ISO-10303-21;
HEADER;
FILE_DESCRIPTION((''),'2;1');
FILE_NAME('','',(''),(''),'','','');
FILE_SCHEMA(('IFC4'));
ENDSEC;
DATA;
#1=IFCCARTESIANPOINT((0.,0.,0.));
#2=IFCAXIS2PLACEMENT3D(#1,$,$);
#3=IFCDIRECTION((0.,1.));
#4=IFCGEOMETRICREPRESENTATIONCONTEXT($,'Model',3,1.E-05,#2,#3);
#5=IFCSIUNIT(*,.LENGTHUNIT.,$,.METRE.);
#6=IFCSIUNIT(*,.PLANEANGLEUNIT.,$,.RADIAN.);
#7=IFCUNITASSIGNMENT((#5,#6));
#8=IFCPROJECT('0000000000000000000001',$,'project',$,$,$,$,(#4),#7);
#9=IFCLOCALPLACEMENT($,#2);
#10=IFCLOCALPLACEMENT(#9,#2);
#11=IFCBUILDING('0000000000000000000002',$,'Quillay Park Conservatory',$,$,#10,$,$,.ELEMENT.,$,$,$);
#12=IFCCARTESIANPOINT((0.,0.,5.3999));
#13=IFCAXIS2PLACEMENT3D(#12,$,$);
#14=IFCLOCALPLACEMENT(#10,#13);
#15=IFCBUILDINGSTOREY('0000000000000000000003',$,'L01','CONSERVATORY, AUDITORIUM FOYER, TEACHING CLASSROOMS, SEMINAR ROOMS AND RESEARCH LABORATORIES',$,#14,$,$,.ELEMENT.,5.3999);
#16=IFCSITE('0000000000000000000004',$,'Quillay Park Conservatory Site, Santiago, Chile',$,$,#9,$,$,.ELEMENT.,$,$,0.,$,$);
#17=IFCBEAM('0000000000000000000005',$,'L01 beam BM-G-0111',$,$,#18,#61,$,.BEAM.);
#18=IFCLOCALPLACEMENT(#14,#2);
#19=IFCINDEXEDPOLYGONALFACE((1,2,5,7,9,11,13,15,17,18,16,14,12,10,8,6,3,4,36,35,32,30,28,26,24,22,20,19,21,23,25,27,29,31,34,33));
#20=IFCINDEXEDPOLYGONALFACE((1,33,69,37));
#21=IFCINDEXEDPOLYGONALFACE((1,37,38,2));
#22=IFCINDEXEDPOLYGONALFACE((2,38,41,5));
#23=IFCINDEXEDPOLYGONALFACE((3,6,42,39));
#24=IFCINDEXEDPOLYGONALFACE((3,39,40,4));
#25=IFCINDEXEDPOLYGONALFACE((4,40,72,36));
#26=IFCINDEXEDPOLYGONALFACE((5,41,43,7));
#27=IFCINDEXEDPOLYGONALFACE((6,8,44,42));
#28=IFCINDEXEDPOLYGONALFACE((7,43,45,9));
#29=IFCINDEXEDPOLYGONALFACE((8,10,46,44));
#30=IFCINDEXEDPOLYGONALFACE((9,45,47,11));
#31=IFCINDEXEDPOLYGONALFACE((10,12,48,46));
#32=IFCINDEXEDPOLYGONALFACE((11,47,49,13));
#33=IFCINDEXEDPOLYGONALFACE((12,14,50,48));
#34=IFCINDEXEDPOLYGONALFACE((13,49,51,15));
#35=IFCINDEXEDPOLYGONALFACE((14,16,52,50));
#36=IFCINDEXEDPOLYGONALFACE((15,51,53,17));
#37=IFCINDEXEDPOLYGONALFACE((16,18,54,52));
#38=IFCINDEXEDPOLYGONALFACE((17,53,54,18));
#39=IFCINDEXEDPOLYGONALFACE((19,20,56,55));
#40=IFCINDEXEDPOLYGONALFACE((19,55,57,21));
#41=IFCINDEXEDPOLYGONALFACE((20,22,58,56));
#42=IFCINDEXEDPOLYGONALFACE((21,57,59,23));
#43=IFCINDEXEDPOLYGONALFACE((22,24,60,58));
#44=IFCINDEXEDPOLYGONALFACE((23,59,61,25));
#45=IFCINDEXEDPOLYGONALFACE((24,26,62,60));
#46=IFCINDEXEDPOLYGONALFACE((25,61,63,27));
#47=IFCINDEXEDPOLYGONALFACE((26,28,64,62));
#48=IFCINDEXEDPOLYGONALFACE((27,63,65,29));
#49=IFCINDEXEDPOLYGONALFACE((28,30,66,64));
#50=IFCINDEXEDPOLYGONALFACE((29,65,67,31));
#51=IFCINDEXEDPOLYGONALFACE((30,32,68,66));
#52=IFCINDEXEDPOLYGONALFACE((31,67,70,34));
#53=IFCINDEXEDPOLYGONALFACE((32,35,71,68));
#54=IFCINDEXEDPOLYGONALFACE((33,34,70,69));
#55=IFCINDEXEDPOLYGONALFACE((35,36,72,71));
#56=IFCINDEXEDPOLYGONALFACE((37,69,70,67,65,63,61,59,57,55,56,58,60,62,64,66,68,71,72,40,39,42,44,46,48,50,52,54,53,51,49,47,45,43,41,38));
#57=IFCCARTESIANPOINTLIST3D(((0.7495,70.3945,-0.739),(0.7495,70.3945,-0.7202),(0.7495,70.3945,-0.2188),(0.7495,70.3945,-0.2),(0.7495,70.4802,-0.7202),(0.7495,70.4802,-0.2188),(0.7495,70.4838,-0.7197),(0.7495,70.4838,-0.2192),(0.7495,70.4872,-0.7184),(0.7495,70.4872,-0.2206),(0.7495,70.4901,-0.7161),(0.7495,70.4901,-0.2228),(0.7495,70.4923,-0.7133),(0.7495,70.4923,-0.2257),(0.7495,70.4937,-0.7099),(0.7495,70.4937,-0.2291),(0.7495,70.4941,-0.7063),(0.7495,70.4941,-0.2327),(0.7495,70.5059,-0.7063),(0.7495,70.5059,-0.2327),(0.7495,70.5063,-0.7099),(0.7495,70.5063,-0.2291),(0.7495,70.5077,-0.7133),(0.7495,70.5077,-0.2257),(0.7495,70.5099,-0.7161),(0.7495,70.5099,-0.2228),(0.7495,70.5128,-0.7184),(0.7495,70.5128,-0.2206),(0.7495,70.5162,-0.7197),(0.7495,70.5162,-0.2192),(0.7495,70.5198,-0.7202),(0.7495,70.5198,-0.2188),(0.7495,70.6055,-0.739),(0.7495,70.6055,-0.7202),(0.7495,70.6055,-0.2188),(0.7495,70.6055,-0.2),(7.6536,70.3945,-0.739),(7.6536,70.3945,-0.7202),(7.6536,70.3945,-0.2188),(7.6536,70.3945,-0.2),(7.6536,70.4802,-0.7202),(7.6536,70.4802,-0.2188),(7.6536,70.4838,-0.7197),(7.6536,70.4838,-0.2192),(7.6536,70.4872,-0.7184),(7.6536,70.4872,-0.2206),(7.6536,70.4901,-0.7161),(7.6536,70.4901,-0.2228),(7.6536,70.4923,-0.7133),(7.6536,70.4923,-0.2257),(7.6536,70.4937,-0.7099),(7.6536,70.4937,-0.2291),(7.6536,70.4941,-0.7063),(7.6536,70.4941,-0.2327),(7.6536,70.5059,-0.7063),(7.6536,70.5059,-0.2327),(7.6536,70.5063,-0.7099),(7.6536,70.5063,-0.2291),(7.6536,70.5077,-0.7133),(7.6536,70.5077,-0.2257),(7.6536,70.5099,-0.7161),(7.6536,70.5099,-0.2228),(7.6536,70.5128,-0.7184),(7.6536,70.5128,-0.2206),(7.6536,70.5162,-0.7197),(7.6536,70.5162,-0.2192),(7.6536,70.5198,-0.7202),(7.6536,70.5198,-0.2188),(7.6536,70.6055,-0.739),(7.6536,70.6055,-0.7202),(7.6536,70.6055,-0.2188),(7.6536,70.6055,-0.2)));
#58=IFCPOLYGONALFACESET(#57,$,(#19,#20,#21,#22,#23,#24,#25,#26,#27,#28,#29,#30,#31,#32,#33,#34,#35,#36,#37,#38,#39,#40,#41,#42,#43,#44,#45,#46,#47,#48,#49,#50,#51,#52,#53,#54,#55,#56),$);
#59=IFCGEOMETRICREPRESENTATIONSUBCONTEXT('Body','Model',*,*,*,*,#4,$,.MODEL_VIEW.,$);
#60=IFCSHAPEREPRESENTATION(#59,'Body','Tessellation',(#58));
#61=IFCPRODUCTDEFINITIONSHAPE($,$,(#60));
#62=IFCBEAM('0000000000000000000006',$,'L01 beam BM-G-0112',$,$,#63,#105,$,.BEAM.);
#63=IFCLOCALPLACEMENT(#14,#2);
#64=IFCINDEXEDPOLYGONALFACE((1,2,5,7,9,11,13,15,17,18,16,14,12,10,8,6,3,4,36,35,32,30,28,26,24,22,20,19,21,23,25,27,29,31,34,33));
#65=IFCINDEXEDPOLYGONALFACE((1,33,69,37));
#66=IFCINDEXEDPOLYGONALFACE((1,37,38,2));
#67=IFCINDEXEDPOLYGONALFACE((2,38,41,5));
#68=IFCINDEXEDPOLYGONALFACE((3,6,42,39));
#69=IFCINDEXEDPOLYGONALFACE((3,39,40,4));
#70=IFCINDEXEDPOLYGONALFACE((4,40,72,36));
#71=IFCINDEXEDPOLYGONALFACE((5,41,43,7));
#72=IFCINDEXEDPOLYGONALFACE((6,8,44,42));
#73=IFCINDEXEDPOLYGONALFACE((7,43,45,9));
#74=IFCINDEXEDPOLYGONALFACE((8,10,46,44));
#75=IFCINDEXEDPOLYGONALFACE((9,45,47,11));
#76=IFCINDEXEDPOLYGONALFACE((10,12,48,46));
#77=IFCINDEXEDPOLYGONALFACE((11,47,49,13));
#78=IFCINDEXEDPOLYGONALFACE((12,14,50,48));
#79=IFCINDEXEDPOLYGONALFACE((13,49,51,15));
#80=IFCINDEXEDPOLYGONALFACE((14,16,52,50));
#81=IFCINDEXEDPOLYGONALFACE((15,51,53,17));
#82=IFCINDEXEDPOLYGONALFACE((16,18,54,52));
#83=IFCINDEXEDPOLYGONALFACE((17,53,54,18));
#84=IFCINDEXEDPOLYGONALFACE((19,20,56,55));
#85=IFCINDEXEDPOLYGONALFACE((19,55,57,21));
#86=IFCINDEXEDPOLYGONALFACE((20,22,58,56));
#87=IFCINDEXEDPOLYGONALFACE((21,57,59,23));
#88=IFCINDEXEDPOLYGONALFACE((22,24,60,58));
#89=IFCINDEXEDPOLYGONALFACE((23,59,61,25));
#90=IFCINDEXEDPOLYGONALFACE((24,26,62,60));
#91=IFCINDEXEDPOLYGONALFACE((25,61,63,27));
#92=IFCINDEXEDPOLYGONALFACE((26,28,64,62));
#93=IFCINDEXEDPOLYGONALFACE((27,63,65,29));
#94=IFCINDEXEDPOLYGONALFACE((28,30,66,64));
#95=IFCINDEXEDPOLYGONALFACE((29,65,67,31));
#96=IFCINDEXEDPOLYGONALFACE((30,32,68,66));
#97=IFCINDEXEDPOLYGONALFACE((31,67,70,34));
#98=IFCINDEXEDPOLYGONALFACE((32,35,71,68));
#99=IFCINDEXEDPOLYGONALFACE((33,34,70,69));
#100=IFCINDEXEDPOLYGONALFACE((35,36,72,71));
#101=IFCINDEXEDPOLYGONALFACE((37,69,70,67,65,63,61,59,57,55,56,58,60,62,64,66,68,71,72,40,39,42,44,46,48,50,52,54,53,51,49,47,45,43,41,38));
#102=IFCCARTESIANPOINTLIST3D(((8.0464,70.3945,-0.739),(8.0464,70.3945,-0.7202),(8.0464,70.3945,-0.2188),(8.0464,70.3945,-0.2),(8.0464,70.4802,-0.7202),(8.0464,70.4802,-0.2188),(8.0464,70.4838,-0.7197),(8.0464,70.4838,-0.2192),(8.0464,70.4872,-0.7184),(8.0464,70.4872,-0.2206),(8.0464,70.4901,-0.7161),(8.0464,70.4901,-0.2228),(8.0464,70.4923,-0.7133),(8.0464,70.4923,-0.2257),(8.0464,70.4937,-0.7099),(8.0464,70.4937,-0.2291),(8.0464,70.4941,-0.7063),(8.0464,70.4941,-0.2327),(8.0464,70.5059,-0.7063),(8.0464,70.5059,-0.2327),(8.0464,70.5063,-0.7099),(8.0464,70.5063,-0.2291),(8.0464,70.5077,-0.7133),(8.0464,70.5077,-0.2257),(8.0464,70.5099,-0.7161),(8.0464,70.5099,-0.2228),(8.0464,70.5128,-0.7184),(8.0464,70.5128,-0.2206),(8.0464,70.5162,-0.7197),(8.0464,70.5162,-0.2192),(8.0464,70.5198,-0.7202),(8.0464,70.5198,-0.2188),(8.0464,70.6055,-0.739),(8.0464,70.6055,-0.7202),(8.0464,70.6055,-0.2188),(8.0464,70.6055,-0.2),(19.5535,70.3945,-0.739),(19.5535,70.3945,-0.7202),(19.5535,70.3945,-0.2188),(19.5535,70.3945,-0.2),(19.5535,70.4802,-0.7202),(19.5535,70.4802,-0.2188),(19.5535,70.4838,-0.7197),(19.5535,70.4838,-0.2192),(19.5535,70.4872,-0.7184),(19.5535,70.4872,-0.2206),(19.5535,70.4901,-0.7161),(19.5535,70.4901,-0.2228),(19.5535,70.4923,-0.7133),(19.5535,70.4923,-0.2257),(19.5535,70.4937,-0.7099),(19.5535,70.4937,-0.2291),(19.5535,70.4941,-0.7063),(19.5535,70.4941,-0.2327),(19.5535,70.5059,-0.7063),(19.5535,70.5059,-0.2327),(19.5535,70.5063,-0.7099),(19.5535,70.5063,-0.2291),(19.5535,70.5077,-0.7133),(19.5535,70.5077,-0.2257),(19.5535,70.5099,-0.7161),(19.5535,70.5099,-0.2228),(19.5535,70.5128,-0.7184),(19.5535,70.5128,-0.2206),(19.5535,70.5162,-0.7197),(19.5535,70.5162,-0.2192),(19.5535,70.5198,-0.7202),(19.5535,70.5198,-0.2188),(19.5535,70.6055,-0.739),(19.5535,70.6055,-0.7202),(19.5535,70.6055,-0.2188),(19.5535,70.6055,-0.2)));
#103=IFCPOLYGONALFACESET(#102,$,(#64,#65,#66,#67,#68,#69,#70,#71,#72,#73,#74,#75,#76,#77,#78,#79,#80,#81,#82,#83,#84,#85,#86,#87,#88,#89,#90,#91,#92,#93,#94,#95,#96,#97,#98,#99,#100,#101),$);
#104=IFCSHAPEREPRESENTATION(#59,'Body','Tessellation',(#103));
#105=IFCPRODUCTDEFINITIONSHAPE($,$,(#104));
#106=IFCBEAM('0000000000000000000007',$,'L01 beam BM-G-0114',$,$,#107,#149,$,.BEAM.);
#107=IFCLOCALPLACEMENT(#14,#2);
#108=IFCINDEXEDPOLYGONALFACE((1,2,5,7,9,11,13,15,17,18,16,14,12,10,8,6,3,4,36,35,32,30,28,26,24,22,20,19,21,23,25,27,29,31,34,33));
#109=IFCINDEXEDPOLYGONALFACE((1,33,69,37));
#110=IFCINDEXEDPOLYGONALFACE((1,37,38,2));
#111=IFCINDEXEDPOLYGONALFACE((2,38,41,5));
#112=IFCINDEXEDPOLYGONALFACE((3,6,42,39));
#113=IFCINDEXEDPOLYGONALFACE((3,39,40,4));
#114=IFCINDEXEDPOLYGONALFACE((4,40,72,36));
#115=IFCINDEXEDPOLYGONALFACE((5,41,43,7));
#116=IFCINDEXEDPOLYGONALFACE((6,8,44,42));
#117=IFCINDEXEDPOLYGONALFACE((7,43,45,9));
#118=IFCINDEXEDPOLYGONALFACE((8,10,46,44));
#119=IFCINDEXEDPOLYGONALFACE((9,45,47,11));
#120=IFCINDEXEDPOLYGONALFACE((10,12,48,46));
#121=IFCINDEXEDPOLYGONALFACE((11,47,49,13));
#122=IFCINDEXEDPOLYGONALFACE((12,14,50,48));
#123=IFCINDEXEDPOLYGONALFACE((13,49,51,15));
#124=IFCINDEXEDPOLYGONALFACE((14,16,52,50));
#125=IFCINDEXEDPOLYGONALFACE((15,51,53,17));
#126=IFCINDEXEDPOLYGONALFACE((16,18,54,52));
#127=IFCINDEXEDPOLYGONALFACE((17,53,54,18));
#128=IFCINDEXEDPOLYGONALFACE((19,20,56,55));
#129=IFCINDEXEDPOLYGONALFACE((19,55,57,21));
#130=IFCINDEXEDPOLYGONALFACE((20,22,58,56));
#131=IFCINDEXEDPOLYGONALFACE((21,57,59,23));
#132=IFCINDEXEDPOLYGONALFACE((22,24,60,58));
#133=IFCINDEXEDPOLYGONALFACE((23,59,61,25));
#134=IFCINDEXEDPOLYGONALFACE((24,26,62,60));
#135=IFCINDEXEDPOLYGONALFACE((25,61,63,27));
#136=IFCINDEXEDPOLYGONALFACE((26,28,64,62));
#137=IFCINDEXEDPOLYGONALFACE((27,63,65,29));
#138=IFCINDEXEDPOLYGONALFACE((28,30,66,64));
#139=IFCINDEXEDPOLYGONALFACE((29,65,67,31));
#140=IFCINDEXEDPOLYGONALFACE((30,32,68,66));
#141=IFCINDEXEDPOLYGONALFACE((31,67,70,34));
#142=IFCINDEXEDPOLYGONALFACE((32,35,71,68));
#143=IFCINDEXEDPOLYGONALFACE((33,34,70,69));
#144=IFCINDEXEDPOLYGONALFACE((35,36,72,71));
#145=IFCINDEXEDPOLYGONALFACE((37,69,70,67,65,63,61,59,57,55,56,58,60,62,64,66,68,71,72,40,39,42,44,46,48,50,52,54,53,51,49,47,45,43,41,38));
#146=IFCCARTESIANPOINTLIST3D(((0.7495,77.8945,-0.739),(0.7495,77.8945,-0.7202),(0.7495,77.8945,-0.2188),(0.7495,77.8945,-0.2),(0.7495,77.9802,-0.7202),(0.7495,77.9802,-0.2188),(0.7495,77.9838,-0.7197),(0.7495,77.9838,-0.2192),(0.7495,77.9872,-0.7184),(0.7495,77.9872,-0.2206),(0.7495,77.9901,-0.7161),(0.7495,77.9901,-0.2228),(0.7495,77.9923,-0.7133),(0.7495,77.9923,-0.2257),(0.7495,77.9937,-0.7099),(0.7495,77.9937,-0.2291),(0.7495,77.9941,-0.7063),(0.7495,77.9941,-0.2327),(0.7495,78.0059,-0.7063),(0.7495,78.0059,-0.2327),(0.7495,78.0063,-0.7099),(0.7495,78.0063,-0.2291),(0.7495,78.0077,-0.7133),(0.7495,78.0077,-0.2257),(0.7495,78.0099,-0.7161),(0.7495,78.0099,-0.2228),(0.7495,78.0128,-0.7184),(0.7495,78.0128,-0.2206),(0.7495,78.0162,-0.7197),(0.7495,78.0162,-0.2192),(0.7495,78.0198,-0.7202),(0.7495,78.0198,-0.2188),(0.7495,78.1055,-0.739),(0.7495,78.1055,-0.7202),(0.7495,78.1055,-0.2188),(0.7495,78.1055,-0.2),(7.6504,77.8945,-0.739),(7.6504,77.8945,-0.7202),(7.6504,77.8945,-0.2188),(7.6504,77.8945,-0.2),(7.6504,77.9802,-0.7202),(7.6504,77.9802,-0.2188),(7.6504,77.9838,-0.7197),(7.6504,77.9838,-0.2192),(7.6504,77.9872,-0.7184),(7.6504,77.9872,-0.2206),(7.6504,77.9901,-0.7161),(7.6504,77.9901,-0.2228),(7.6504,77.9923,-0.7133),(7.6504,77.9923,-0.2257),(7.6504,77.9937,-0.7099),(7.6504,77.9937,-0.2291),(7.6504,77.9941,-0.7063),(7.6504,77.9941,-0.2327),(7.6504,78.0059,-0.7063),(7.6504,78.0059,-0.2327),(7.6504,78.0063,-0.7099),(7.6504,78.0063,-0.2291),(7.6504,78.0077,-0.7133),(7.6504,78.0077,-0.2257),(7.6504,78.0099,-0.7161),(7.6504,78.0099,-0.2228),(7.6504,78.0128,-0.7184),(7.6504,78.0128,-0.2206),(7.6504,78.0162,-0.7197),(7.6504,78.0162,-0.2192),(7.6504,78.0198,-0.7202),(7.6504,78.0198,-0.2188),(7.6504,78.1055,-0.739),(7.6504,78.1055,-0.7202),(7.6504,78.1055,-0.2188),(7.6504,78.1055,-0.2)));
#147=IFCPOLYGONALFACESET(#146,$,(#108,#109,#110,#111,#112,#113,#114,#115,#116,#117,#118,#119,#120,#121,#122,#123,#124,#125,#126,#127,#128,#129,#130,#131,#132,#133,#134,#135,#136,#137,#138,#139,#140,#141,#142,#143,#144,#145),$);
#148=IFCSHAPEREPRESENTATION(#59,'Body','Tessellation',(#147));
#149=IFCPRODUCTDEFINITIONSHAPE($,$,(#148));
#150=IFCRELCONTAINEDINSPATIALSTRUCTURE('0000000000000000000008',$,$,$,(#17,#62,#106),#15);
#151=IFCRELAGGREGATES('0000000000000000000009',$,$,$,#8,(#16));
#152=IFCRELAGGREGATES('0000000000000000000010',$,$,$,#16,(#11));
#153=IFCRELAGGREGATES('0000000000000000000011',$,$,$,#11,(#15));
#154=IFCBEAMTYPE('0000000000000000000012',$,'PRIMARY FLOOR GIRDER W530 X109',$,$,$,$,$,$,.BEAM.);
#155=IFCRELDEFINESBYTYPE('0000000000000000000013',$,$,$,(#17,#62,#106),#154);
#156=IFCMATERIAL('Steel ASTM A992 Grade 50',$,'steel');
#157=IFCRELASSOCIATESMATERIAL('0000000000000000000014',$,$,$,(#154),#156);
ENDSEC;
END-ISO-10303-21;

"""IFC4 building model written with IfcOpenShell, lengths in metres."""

from ifc_helpers import new_model, si_unit, direction, frame, origin, origin_2d, place, context, subcontext, project, spatial, i_section, extrude, material, material_profile, profile_set, type_object, element, save


model = new_model("IFC4")

# Units and contexts
model_context = context("Model", 3, precision=1e-05, world=origin(), true_north=direction((0.0, 1.0)))
body_context = subcontext(model_context, "Body", "Model", "MODEL_VIEW")
ifc_project = project(units=[si_unit("LENGTHUNIT", "METRE"), si_unit("PLANEANGLEUNIT", "RADIAN")], contexts=[model_context])

# Site, building, storey
site_placement = place(None, origin())
site = spatial("IfcSite", under=ifc_project, at=site_placement, Name="Quillay Park Conservatory Site, Santiago, Chile", CompositionType="ELEMENT", RefElevation=0.0)
building_placement = place(site_placement, origin())
building = spatial("IfcBuilding", under=site, at=building_placement, Name="Quillay Park Conservatory", CompositionType="ELEMENT")
storey_placement = place(building_placement, frame((0.0, 0.0, 5.3999)))
storey = spatial("IfcBuildingStorey", under=building, at=storey_placement, Name="L01", Description="CONSERVATORY, AUDITORIUM FOYER, TEACHING CLASSROOMS, SEMINAR ROOMS AND RESEARCH LABORATORIES", CompositionType="ELEMENT", Elevation=5.3999)

# Beams
ifc_material_1 = material(Name="Steel ASTM A992 Grade 50", Category="steel")
ifc_material_profile_1 = material_profile(ifc_material_1, i_section(OverallWidth=0.2109, OverallDepth=0.5391, WebThickness=0.0117, FlangeThickness=0.0188, FilletRadius=0.0139, at=origin_2d()), Name="W530x109")
ifc_profile_set_1 = profile_set([ifc_material_profile_1], Name="Steel ASTM A992 Grade 50")
beam_type_1 = type_object("IfcBeamType", Name="PRIMARY FLOOR GIRDER W530 X109", PredefinedType="BEAM", material=ifc_profile_set_1)
beam_1_placement = place(storey_placement, frame((0.7495, 70.5, -0.4695), z_axis=(1.0, 0.0, 0.0), x_axis=(0.0, 1.0, 0.0)))
element("IfcBeam", 1, at=beam_1_placement, inside=storey, type_object=beam_type_1, Name="L01 beam BM-G-0111", PredefinedType="BEAM", context=body_context, shape_type="SweptSolid", body=[
    extrude(i_section(OverallWidth=0.2109, OverallDepth=0.5391, WebThickness=0.0117, FlangeThickness=0.0188, FilletRadius=0.0139, at=origin_2d()), origin(), (0.0, 0.0, 1.0), 6.9041),
])
beam_2_placement = place(storey_placement, frame((8.0464, 70.5, -0.4695), z_axis=(1.0, 0.0, 0.0), x_axis=(0.0, 1.0, 0.0)))
element("IfcBeam", 2, at=beam_2_placement, inside=storey, type_object=beam_type_1, Name="L01 beam BM-G-0112", PredefinedType="BEAM", context=body_context, shape_type="SweptSolid", body=[
    extrude(i_section(OverallWidth=0.2109, OverallDepth=0.5391, WebThickness=0.0117, FlangeThickness=0.0188, FilletRadius=0.0139, at=origin_2d()), origin(), (0.0, 0.0, 1.0), 11.5071),
])
beam_3_placement = place(storey_placement, frame((0.7495, 78.0, -0.4695), z_axis=(1.0, 0.0, 0.0), x_axis=(0.0, 1.0, 0.0)))
element("IfcBeam", 3, at=beam_3_placement, inside=storey, type_object=beam_type_1, Name="L01 beam BM-G-0114", PredefinedType="BEAM", context=body_context, shape_type="SweptSolid", body=[
    extrude(i_section(OverallWidth=0.2109, OverallDepth=0.5391, WebThickness=0.0117, FlangeThickness=0.0188, FilletRadius=0.0139, at=origin_2d()), origin(), (0.0, 0.0, 1.0), 6.9009),
])

save(model, "model.ifc")
